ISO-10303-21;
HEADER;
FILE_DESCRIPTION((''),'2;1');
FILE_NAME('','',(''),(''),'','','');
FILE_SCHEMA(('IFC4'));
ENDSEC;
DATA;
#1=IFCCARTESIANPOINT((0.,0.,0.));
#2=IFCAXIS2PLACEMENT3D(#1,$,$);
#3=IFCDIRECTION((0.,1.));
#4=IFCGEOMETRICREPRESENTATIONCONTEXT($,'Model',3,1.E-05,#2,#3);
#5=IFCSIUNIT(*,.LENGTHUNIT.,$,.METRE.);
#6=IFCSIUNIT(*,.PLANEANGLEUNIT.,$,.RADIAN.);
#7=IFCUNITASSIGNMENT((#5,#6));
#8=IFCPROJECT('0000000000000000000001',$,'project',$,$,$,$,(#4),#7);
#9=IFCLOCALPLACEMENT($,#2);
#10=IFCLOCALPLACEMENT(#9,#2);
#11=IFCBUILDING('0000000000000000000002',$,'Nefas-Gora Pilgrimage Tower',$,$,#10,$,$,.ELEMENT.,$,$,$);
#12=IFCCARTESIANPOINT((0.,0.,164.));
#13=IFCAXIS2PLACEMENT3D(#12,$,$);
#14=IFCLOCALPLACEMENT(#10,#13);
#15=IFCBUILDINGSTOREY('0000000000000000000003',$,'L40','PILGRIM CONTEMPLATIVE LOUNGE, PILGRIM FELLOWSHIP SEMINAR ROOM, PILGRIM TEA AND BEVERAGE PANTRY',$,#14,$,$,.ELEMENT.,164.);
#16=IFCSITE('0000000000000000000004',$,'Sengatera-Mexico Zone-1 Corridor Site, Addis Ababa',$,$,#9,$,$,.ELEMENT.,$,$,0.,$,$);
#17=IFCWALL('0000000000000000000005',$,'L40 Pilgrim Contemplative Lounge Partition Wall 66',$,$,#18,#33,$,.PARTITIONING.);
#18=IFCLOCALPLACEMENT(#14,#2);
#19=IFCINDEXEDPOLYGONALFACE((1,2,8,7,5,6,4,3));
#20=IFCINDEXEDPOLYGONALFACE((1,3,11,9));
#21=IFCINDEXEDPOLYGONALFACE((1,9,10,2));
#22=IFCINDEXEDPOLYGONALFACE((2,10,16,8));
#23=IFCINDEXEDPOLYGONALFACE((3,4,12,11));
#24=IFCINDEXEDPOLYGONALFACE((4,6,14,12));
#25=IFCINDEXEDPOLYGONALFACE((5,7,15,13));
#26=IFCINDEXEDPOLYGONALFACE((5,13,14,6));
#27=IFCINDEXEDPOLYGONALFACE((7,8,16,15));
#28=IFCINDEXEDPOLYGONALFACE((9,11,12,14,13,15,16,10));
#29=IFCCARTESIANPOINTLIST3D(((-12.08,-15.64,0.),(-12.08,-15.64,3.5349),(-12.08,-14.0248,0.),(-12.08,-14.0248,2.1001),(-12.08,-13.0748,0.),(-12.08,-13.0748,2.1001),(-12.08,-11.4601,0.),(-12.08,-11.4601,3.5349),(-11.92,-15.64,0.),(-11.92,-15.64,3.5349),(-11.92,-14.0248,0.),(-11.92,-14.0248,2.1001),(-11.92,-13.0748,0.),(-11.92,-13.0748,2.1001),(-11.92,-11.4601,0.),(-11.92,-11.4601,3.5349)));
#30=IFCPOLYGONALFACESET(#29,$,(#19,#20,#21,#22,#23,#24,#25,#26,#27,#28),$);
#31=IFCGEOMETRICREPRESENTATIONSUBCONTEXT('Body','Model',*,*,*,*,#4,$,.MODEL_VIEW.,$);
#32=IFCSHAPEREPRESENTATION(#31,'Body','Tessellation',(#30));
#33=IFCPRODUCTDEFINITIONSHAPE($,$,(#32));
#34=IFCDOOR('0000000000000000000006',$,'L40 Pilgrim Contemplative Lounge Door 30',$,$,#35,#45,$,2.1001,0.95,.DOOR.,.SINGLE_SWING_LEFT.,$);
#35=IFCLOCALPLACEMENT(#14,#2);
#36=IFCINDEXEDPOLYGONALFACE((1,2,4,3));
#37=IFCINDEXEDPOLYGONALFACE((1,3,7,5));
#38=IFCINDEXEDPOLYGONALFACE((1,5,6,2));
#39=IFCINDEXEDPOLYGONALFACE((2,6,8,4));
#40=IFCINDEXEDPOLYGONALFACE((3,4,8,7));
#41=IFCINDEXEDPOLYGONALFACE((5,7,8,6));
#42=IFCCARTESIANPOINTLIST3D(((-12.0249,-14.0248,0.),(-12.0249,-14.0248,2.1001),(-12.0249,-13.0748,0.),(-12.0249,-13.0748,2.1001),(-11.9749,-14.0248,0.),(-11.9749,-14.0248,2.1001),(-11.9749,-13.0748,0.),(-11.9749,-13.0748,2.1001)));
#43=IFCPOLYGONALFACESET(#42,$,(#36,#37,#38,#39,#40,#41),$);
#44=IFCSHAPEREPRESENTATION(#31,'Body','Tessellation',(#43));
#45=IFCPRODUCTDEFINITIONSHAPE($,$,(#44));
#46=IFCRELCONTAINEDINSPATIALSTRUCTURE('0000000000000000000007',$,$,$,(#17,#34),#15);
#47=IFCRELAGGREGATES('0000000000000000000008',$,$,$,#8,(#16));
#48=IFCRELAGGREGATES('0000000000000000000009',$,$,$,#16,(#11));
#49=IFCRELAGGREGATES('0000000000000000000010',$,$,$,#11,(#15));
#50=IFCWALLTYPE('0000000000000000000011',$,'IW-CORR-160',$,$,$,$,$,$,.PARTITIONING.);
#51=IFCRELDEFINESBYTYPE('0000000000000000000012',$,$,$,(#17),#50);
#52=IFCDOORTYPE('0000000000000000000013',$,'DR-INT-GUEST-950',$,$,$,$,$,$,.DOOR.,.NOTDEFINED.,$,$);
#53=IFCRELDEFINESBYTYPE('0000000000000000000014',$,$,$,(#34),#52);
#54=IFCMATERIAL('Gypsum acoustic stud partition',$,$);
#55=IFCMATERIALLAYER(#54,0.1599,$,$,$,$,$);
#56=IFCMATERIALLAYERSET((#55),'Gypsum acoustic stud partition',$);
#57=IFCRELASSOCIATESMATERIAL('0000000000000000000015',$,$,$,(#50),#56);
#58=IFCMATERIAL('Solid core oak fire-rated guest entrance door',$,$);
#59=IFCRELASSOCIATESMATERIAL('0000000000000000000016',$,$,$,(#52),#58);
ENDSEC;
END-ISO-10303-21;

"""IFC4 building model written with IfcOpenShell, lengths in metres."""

from ifc_helpers import new_model, si_unit, direction, frame, frame_2d, origin, place, context, subcontext, project, spatial, rectangle, extrude, source, transform, mapped, material, layer, layer_set, type_object, element, fill, save


model = new_model("IFC4")

# Units and contexts
model_context = context("Model", 3, precision=1e-05, world=origin(), true_north=direction((0.0, 1.0)))
body_context = subcontext(model_context, "Body", "Model", "MODEL_VIEW")
ifc_project = project(units=[si_unit("LENGTHUNIT", "METRE"), si_unit("PLANEANGLEUNIT", "RADIAN")], contexts=[model_context])

# Site, building, storey
site_placement = place(None, origin())
site = spatial("IfcSite", under=ifc_project, at=site_placement, Name="Sengatera-Mexico Zone-1 Corridor Site, Addis Ababa", CompositionType="ELEMENT", RefElevation=0.0)
building_placement = place(site_placement, origin())
building = spatial("IfcBuilding", under=site, at=building_placement, Name="Nefas-Gora Pilgrimage Tower", CompositionType="ELEMENT")
storey_placement = place(building_placement, frame((0.0, 0.0, 164.0)))
storey = spatial("IfcBuildingStorey", under=building, at=storey_placement, Name="L40", Description="PILGRIM CONTEMPLATIVE LOUNGE, PILGRIM FELLOWSHIP SEMINAR ROOM, PILGRIM TEA AND BEVERAGE PANTRY", CompositionType="ELEMENT", Elevation=164.0)

# Wall, opening, door
ifc_material_1 = material(Name="Gypsum acoustic stud partition")
ifc_layer_1 = layer(ifc_material_1, 0.1599)
ifc_layer_set_1 = layer_set([ifc_layer_1], Name="Gypsum acoustic stud partition")
wall_type_1 = type_object("IfcWallType", Name="IW-CORR-160", PredefinedType="PARTITIONING", material=ifc_layer_set_1)
ifc_material_2 = material(Name="Solid core oak fire-rated guest entrance door")
door_type_1 = type_object("IfcDoorType", Name="DR-INT-GUEST-950", OperationType="NOTDEFINED", PredefinedType="DOOR", material=ifc_material_2)
shared_shape_1 = source(origin(), body_context, "Body", "SweptSolid", [
    extrude(rectangle(XDim=0.95, YDim=2.1001, at=frame_2d((0.4751, 1.05))), frame((0.0, 0.0249, 0.0), z_axis=(0.0, -1.0, 0.0), x_axis=(1.0, 0.0, 0.0)), (0.0, 0.0, 1.0), 0.05),
])
shared_shape_2 = source(origin(), body_context, "Body", "SweptSolid", [
    extrude(rectangle(XDim=4.1799, YDim=0.1599, at=frame_2d((2.0898, 0.0))), origin(), (0.0, 0.0, 1.0), 3.5349),
])
wall_1_placement = place(storey_placement, frame((-12.0, -15.6399, 0.0), z_axis=(0.0, 0.0, 1.0), x_axis=(0.0, 1.0, 0.0)))
wall_1 = element("IfcWall", 1, at=wall_1_placement, inside=storey, type_object=wall_type_1, Name="L40 Pilgrim Contemplative Lounge Partition Wall 66", PredefinedType="PARTITIONING", context=body_context, shape_type="MappedRepresentation", body=[
    mapped(shared_shape_2, transform((0.0, 0.0, 0.0), x_axis=(1.0, 0.0, 0.0), y_axis=(0.0, 1.0, 0.0), z_axis=(0.0, 0.0, 1.0), scale=1.0)),
])
opening_1_placement = place(wall_1_placement, frame((1.615, 0.0, 0.0)))
opening_1 = element("IfcOpeningElement", 2, at=opening_1_placement, cuts=wall_1, PredefinedType="OPENING", context=body_context, shape_type="SweptSolid", body=[
    extrude(rectangle(XDim=0.95, YDim=2.1001, at=frame_2d((0.4751, 1.05))), frame((0.0, 0.0898, 0.0), z_axis=(0.0, -1.0, 0.0), x_axis=(1.0, 0.0, 0.0)), (0.0, 0.0, 1.0), 0.1799),
])
door_1_placement = place(opening_1_placement, origin())
door_1 = element("IfcDoor", 3, at=door_1_placement, inside=storey, type_object=door_type_1, Name="L40 Pilgrim Contemplative Lounge Door 30", OperationType="SINGLE_SWING_LEFT", OverallHeight=2.1001, OverallWidth=0.95, PredefinedType="DOOR", context=body_context, shape_type="MappedRepresentation", body=[
    mapped(shared_shape_1, transform((0.0, 0.0, 0.0), x_axis=(1.0, 0.0, 0.0), y_axis=(0.0, 1.0, 0.0), z_axis=(0.0, 0.0, 1.0), scale=1.0)),
])
fill(opening_1, door_1)

save(model, "model.ifc")
